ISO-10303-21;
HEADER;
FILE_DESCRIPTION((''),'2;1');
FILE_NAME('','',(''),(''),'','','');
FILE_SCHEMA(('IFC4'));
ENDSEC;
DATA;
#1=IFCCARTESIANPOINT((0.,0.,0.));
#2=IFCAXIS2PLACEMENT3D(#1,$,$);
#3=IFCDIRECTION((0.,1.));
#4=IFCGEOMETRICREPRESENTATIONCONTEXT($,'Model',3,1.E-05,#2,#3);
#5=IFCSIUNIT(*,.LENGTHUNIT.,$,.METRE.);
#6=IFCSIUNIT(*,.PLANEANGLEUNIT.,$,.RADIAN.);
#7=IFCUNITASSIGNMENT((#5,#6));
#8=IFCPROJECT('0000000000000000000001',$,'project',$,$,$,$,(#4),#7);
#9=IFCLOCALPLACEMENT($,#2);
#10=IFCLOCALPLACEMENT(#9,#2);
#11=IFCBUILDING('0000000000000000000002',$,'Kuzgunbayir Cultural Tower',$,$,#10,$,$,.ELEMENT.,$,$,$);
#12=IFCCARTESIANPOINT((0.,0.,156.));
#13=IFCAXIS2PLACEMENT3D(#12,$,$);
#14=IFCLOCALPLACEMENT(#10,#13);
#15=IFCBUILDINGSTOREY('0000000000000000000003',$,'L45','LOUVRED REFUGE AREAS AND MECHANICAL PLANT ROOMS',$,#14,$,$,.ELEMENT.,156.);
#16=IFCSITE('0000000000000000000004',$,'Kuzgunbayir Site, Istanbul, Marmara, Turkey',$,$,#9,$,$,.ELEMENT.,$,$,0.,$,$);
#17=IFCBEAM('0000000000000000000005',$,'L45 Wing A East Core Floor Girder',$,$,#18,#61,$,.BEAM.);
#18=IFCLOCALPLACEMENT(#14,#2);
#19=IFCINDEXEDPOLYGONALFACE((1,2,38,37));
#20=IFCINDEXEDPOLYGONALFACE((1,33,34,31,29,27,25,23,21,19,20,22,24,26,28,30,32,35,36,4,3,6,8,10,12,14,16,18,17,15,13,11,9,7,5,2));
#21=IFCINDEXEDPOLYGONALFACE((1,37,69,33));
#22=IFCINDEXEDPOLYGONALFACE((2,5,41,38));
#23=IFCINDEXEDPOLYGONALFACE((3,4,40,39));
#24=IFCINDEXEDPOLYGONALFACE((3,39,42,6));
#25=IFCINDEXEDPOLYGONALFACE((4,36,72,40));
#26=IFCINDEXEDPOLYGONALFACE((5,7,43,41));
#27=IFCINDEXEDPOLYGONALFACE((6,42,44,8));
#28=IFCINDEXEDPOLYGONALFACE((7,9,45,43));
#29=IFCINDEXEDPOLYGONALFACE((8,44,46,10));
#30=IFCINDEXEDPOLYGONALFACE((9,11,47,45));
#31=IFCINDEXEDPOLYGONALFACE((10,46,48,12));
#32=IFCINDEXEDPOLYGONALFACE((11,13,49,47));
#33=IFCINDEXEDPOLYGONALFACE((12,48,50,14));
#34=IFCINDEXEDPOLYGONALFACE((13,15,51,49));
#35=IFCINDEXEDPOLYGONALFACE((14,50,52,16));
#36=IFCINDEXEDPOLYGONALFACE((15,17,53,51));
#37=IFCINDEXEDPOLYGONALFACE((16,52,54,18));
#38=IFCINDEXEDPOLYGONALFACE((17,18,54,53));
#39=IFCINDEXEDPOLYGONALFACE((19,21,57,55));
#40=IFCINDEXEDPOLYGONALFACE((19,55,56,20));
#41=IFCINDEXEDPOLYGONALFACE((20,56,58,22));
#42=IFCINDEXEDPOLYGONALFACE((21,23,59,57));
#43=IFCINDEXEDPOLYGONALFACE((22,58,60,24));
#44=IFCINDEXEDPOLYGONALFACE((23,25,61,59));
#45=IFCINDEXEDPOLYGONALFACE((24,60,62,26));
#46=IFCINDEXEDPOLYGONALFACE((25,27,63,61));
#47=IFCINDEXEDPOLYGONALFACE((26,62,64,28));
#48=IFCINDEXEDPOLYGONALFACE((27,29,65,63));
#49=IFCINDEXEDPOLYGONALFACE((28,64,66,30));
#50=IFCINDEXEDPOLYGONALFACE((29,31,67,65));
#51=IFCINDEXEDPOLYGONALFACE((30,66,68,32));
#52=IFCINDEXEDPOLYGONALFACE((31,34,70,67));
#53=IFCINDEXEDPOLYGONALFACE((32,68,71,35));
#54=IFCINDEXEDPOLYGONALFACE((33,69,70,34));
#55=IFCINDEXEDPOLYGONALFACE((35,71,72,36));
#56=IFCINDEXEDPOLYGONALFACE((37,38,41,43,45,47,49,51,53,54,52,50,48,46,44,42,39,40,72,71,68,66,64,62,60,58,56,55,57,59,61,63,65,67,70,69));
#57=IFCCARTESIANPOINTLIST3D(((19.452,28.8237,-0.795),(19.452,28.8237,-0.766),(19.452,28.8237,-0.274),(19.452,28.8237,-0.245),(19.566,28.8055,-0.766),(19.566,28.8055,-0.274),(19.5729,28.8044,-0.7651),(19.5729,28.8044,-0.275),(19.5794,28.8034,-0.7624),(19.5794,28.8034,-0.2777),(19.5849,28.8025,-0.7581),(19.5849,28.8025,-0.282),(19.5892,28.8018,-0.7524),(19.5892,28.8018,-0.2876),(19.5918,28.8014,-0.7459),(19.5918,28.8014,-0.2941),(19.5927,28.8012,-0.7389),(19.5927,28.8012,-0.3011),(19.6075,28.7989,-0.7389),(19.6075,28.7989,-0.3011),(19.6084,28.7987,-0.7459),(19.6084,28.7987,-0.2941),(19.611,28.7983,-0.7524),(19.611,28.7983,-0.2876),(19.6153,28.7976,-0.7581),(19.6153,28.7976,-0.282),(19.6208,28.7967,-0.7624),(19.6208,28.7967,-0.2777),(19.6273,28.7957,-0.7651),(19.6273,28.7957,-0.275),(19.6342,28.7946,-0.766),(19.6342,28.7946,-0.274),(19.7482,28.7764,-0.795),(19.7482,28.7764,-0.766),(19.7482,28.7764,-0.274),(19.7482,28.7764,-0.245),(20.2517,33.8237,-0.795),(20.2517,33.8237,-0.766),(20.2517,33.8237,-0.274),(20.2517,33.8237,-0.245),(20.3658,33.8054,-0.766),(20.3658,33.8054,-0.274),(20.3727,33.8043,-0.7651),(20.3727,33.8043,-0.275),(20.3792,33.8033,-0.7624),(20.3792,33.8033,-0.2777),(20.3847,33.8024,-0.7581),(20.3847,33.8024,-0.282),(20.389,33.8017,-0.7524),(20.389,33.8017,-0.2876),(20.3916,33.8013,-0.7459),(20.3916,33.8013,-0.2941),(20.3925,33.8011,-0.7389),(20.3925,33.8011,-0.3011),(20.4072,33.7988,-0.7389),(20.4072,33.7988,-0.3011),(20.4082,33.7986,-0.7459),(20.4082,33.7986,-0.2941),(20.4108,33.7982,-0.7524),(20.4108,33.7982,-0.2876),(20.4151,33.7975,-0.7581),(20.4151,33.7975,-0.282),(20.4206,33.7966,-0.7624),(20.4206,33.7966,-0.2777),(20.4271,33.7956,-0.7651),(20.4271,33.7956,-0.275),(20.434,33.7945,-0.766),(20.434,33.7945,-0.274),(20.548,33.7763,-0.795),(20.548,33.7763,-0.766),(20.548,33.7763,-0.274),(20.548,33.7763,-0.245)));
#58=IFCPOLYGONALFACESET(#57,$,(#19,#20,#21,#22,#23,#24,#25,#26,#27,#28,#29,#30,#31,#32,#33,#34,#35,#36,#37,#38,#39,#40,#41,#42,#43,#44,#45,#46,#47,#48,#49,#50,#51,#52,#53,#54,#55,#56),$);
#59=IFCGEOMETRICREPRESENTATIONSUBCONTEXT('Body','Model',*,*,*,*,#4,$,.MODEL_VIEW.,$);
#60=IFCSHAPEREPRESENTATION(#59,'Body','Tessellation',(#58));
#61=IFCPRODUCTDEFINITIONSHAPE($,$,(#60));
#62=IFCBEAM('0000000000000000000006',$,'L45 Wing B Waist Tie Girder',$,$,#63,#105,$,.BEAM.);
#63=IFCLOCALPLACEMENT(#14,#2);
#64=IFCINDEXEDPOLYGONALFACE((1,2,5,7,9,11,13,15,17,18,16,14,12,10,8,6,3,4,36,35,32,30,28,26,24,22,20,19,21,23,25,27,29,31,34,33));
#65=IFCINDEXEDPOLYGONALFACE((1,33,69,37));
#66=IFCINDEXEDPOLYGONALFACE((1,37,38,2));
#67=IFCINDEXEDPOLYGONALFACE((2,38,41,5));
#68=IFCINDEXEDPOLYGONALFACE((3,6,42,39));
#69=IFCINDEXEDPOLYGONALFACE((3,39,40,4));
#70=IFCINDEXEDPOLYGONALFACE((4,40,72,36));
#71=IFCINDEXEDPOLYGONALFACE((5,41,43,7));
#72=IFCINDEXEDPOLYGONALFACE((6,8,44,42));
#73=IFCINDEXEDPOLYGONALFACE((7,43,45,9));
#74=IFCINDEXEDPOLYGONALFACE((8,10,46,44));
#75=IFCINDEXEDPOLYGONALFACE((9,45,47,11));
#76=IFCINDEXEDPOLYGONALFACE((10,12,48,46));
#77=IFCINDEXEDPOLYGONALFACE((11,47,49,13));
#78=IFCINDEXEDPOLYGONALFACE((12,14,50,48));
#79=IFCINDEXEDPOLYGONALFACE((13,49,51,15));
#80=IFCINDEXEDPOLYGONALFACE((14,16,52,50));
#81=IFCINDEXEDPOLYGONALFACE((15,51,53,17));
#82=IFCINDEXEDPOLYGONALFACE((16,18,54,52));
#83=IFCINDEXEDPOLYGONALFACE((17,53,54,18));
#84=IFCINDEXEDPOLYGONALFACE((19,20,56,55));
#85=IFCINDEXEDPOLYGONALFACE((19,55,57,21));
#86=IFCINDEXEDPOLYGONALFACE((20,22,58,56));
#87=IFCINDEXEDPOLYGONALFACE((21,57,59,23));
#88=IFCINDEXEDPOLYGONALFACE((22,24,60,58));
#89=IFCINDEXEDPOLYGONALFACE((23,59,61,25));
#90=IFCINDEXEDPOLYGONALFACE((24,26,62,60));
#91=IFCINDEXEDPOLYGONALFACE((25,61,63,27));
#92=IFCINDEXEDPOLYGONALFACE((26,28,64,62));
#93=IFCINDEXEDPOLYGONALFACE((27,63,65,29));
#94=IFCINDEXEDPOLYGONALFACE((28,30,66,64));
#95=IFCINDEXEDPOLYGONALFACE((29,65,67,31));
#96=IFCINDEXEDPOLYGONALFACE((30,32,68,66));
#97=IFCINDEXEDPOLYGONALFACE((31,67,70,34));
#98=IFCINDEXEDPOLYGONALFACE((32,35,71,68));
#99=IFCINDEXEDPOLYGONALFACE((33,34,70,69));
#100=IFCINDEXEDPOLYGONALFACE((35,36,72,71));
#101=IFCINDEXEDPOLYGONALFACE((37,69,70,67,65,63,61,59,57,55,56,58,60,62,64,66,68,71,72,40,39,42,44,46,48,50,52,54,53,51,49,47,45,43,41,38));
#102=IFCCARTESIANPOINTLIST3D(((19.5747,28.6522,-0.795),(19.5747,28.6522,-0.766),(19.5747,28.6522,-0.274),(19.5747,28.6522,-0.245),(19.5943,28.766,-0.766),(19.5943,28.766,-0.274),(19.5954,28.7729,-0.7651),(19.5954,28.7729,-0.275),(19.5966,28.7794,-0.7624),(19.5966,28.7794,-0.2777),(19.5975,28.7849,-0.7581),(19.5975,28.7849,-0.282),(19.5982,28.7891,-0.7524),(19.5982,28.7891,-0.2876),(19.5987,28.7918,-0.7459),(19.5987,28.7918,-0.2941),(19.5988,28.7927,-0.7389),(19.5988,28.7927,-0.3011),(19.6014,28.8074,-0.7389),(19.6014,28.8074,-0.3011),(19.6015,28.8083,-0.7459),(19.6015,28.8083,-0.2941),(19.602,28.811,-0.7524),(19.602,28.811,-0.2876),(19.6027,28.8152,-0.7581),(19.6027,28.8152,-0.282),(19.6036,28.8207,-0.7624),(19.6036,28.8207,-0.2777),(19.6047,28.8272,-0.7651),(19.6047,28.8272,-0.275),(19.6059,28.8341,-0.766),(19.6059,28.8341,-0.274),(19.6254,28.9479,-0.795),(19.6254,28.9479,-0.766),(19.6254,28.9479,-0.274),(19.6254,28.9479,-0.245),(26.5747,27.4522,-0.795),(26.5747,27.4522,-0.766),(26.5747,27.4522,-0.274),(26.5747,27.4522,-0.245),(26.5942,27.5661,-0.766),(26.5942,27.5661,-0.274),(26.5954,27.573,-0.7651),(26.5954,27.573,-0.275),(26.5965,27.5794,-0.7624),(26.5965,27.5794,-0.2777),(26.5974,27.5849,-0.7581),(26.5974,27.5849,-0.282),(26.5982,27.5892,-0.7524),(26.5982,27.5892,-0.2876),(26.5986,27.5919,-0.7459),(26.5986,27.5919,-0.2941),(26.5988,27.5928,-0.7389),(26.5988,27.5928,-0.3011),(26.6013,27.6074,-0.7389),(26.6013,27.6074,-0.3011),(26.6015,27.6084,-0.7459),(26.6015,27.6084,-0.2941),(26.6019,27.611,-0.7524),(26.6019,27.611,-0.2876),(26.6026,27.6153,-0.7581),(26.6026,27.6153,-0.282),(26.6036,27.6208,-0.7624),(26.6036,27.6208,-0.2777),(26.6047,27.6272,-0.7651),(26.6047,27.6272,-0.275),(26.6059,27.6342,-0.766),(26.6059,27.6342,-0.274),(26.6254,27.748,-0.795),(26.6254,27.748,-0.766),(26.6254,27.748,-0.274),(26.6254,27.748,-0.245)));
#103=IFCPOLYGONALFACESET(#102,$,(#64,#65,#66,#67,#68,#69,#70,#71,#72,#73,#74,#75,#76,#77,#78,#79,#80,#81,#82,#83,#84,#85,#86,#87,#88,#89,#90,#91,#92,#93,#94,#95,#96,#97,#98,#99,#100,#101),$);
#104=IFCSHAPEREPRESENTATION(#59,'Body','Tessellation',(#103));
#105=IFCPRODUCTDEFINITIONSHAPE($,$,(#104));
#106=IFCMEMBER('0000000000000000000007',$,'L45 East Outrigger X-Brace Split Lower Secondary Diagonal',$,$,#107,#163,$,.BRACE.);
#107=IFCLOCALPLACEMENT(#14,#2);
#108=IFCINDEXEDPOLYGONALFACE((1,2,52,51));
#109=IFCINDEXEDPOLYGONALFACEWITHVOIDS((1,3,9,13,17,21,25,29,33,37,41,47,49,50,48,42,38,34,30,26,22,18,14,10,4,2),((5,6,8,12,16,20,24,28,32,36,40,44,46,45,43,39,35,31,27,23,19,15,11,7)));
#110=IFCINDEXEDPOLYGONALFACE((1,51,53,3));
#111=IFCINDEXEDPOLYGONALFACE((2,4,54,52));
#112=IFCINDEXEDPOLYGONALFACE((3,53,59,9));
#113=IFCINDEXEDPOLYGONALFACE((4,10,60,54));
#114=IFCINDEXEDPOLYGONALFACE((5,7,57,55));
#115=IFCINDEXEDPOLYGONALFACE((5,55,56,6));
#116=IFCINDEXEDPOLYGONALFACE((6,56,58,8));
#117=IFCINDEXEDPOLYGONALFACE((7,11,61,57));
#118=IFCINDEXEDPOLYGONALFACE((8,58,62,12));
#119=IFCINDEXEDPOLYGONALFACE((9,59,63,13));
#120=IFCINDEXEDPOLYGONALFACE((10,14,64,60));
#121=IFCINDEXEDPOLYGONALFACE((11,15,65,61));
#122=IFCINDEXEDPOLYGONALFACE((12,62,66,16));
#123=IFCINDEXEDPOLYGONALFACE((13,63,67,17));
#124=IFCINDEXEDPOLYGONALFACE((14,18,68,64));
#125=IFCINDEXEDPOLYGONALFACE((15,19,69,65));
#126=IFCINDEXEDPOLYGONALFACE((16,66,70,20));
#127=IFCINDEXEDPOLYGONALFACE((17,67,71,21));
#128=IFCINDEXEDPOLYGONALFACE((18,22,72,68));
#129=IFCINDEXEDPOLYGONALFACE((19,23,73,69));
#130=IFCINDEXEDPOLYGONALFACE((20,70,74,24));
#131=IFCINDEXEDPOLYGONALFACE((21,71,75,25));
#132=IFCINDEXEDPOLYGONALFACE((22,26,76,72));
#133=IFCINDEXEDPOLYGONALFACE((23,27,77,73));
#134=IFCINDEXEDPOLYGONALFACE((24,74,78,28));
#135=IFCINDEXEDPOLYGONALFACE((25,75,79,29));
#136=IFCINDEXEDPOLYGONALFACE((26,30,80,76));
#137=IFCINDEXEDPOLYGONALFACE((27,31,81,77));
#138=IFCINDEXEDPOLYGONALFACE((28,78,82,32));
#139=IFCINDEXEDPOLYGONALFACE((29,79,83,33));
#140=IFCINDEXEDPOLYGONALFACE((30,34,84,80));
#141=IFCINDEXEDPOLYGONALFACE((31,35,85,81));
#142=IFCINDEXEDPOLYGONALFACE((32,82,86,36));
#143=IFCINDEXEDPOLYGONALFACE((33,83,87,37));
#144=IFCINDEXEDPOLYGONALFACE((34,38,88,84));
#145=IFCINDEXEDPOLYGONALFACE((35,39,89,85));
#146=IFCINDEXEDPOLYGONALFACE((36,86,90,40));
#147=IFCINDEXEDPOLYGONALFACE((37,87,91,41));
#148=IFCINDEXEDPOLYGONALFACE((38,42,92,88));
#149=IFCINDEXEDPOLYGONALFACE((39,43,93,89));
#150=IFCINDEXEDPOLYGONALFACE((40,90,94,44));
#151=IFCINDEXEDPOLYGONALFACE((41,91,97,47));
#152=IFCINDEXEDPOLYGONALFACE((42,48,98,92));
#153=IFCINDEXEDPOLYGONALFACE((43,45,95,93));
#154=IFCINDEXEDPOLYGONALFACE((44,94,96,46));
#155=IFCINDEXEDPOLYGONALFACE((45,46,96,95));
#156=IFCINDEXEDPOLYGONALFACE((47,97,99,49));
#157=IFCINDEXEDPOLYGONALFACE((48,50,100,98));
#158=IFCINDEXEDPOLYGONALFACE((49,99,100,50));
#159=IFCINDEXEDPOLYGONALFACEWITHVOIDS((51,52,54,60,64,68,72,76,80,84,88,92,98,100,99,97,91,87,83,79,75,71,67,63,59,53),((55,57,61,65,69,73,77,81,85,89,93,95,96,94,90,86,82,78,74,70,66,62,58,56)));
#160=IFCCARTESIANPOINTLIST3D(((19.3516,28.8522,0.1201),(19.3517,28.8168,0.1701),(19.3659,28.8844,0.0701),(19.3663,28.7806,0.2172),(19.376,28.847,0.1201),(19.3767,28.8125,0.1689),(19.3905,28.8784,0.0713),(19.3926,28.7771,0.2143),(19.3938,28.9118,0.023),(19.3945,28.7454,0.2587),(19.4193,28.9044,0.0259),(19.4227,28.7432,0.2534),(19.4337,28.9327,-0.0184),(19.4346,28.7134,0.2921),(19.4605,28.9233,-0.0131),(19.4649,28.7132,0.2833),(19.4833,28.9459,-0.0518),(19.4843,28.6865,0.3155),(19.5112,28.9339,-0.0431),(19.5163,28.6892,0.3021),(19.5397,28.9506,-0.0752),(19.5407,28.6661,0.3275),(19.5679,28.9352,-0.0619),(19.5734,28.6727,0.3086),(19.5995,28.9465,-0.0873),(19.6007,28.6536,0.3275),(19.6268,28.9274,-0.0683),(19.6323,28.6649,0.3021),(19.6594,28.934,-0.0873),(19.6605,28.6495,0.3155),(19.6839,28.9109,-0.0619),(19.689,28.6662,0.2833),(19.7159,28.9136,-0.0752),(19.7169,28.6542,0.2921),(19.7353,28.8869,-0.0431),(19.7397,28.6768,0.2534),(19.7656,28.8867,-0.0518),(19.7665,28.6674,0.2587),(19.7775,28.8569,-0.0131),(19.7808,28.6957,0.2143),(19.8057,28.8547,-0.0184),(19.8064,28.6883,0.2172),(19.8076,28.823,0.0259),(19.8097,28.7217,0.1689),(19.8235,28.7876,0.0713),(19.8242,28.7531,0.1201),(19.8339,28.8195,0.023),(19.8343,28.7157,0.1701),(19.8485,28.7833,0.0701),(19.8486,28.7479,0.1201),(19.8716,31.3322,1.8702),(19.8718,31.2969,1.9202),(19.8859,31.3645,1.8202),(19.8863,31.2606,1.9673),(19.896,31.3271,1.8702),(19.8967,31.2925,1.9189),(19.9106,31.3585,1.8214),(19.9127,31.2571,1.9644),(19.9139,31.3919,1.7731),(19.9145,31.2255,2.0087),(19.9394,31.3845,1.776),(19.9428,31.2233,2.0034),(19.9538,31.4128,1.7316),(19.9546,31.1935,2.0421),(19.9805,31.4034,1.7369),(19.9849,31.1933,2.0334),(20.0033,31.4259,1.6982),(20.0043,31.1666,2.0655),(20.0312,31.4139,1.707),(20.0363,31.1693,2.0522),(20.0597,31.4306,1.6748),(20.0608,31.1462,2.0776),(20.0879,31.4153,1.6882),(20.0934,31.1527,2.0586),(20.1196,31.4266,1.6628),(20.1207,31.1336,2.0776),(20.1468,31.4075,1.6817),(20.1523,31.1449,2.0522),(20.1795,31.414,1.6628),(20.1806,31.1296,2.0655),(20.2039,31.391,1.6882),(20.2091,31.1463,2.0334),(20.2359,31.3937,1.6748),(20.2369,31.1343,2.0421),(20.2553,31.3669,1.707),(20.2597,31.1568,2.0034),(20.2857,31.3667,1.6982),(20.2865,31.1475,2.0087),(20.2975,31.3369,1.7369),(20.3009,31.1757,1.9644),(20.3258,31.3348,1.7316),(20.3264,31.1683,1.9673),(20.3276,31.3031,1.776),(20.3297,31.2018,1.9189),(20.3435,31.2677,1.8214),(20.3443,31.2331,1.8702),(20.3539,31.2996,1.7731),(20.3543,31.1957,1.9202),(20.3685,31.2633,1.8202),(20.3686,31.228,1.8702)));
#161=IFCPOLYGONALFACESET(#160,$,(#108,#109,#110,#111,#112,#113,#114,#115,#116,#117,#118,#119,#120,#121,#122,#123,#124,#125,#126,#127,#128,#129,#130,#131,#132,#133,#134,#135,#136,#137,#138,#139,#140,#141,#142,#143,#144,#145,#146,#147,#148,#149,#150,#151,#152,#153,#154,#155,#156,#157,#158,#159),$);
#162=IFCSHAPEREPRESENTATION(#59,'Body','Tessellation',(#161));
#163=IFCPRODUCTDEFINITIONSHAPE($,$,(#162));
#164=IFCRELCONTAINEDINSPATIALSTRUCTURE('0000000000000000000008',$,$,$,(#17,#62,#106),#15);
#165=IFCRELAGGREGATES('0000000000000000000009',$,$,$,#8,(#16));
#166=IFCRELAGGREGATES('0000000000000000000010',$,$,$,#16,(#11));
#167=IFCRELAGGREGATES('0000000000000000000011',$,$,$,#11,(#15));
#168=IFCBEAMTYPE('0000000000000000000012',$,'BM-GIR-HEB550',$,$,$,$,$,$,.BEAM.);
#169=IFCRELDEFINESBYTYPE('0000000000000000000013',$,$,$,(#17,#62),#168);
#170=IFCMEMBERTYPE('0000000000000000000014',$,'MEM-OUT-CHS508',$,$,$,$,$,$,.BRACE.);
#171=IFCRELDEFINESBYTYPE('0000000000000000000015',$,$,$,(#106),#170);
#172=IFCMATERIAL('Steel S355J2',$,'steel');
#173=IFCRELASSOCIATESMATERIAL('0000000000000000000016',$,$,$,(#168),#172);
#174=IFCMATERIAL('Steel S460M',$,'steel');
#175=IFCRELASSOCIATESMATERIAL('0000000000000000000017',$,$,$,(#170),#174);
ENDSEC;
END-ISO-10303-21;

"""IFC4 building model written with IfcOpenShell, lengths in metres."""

from ifc_helpers import new_model, si_unit, direction, frame, origin, origin_2d, place, context, subcontext, project, spatial, hollow_circle, i_section, extrude, material, material_profile, profile_set, type_object, element, save


model = new_model("IFC4")

# Units and contexts
model_context = context("Model", 3, precision=1e-05, world=origin(), true_north=direction((0.0, 1.0)))
body_context = subcontext(model_context, "Body", "Model", "MODEL_VIEW")
ifc_project = project(units=[si_unit("LENGTHUNIT", "METRE"), si_unit("PLANEANGLEUNIT", "RADIAN")], contexts=[model_context])

# Site, building, storey
site_placement = place(None, origin())
site = spatial("IfcSite", under=ifc_project, at=site_placement, Name="Kuzgunbayir Site, Istanbul, Marmara, Turkey", CompositionType="ELEMENT", RefElevation=0.0)
building_placement = place(site_placement, origin())
building = spatial("IfcBuilding", under=site, at=building_placement, Name="Kuzgunbayir Cultural Tower", CompositionType="ELEMENT")
storey_placement = place(building_placement, frame((0.0, 0.0, 156.0)))
storey = spatial("IfcBuildingStorey", under=building, at=storey_placement, Name="L45", Description="LOUVRED REFUGE AREAS AND MECHANICAL PLANT ROOMS", CompositionType="ELEMENT", Elevation=156.0)

# Beams
ifc_material_1 = material(Name="Steel S355J2", Category="steel")
ifc_material_profile_1 = material_profile(ifc_material_1, i_section(OverallWidth=0.3, OverallDepth=0.55, WebThickness=0.0149, FlangeThickness=0.0291, FilletRadius=0.0271, at=origin_2d()), Name="HEB 550")
ifc_profile_set_1 = profile_set([ifc_material_profile_1], Name="Steel S355J2")
beam_type_1 = type_object("IfcBeamType", Name="BM-GIR-HEB550", PredefinedType="BEAM", material=ifc_profile_set_1)
beam_1_placement = place(storey_placement, frame((19.6001, 28.8, -0.52), z_axis=(0.157953, 0.987447, 0.0), x_axis=(-0.987447, 0.157953, 0.0)))
element("IfcBeam", 1, at=beam_1_placement, inside=storey, type_object=beam_type_1, Name="L45 Wing A East Core Floor Girder", PredefinedType="BEAM", context=body_context, shape_type="SweptSolid", body=[
    extrude(i_section(OverallWidth=0.3, OverallDepth=0.55, WebThickness=0.0149, FlangeThickness=0.0291, FilletRadius=0.0271, at=origin_2d()), origin(), (0.0, 0.0, 1.0), 5.0635),
])
beam_2_placement = place(storey_placement, frame((19.6001, 28.8, -0.52), z_axis=(0.985623, -0.168957, 0.0), x_axis=(0.168957, 0.985623, 0.0)))
element("IfcBeam", 2, at=beam_2_placement, inside=storey, type_object=beam_type_1, Name="L45 Wing B Waist Tie Girder", PredefinedType="BEAM", context=body_context, shape_type="SweptSolid", body=[
    extrude(i_section(OverallWidth=0.3, OverallDepth=0.55, WebThickness=0.0149, FlangeThickness=0.0291, FilletRadius=0.0271, at=origin_2d()), origin(), (0.0, 0.0, 1.0), 7.1021),
])

# Member
ifc_material_2 = material(Name="Steel S460M", Category="steel")
ifc_material_profile_2 = material_profile(ifc_material_2, hollow_circle(Radius=0.2539, WallThickness=0.0249, at=origin_2d()), Name="CHS 508x25")
ifc_profile_set_2 = profile_set([ifc_material_profile_2], Name="Steel S460M")
member_type = type_object("IfcMemberType", Name="MEM-OUT-CHS508", PredefinedType="BRACE", material=ifc_profile_set_2)
member_1_placement = place(storey_placement, frame((19.6001, 28.8, 0.1201), z_axis=(0.168866, 0.805323, 0.568277), x_axis=(-0.978715, 0.205224, 0.0)))
element("IfcMember", 3, at=member_1_placement, inside=storey, type_object=member_type, Name="L45 East Outrigger X-Brace Split Lower Secondary Diagonal", PredefinedType="BRACE", context=body_context, shape_type="SweptSolid", body=[
    extrude(hollow_circle(Radius=0.2539, WallThickness=0.0249, at=origin_2d()), origin(), (0.0, 0.0, 1.0), 3.0796),
])

save(model, "model.ifc")
